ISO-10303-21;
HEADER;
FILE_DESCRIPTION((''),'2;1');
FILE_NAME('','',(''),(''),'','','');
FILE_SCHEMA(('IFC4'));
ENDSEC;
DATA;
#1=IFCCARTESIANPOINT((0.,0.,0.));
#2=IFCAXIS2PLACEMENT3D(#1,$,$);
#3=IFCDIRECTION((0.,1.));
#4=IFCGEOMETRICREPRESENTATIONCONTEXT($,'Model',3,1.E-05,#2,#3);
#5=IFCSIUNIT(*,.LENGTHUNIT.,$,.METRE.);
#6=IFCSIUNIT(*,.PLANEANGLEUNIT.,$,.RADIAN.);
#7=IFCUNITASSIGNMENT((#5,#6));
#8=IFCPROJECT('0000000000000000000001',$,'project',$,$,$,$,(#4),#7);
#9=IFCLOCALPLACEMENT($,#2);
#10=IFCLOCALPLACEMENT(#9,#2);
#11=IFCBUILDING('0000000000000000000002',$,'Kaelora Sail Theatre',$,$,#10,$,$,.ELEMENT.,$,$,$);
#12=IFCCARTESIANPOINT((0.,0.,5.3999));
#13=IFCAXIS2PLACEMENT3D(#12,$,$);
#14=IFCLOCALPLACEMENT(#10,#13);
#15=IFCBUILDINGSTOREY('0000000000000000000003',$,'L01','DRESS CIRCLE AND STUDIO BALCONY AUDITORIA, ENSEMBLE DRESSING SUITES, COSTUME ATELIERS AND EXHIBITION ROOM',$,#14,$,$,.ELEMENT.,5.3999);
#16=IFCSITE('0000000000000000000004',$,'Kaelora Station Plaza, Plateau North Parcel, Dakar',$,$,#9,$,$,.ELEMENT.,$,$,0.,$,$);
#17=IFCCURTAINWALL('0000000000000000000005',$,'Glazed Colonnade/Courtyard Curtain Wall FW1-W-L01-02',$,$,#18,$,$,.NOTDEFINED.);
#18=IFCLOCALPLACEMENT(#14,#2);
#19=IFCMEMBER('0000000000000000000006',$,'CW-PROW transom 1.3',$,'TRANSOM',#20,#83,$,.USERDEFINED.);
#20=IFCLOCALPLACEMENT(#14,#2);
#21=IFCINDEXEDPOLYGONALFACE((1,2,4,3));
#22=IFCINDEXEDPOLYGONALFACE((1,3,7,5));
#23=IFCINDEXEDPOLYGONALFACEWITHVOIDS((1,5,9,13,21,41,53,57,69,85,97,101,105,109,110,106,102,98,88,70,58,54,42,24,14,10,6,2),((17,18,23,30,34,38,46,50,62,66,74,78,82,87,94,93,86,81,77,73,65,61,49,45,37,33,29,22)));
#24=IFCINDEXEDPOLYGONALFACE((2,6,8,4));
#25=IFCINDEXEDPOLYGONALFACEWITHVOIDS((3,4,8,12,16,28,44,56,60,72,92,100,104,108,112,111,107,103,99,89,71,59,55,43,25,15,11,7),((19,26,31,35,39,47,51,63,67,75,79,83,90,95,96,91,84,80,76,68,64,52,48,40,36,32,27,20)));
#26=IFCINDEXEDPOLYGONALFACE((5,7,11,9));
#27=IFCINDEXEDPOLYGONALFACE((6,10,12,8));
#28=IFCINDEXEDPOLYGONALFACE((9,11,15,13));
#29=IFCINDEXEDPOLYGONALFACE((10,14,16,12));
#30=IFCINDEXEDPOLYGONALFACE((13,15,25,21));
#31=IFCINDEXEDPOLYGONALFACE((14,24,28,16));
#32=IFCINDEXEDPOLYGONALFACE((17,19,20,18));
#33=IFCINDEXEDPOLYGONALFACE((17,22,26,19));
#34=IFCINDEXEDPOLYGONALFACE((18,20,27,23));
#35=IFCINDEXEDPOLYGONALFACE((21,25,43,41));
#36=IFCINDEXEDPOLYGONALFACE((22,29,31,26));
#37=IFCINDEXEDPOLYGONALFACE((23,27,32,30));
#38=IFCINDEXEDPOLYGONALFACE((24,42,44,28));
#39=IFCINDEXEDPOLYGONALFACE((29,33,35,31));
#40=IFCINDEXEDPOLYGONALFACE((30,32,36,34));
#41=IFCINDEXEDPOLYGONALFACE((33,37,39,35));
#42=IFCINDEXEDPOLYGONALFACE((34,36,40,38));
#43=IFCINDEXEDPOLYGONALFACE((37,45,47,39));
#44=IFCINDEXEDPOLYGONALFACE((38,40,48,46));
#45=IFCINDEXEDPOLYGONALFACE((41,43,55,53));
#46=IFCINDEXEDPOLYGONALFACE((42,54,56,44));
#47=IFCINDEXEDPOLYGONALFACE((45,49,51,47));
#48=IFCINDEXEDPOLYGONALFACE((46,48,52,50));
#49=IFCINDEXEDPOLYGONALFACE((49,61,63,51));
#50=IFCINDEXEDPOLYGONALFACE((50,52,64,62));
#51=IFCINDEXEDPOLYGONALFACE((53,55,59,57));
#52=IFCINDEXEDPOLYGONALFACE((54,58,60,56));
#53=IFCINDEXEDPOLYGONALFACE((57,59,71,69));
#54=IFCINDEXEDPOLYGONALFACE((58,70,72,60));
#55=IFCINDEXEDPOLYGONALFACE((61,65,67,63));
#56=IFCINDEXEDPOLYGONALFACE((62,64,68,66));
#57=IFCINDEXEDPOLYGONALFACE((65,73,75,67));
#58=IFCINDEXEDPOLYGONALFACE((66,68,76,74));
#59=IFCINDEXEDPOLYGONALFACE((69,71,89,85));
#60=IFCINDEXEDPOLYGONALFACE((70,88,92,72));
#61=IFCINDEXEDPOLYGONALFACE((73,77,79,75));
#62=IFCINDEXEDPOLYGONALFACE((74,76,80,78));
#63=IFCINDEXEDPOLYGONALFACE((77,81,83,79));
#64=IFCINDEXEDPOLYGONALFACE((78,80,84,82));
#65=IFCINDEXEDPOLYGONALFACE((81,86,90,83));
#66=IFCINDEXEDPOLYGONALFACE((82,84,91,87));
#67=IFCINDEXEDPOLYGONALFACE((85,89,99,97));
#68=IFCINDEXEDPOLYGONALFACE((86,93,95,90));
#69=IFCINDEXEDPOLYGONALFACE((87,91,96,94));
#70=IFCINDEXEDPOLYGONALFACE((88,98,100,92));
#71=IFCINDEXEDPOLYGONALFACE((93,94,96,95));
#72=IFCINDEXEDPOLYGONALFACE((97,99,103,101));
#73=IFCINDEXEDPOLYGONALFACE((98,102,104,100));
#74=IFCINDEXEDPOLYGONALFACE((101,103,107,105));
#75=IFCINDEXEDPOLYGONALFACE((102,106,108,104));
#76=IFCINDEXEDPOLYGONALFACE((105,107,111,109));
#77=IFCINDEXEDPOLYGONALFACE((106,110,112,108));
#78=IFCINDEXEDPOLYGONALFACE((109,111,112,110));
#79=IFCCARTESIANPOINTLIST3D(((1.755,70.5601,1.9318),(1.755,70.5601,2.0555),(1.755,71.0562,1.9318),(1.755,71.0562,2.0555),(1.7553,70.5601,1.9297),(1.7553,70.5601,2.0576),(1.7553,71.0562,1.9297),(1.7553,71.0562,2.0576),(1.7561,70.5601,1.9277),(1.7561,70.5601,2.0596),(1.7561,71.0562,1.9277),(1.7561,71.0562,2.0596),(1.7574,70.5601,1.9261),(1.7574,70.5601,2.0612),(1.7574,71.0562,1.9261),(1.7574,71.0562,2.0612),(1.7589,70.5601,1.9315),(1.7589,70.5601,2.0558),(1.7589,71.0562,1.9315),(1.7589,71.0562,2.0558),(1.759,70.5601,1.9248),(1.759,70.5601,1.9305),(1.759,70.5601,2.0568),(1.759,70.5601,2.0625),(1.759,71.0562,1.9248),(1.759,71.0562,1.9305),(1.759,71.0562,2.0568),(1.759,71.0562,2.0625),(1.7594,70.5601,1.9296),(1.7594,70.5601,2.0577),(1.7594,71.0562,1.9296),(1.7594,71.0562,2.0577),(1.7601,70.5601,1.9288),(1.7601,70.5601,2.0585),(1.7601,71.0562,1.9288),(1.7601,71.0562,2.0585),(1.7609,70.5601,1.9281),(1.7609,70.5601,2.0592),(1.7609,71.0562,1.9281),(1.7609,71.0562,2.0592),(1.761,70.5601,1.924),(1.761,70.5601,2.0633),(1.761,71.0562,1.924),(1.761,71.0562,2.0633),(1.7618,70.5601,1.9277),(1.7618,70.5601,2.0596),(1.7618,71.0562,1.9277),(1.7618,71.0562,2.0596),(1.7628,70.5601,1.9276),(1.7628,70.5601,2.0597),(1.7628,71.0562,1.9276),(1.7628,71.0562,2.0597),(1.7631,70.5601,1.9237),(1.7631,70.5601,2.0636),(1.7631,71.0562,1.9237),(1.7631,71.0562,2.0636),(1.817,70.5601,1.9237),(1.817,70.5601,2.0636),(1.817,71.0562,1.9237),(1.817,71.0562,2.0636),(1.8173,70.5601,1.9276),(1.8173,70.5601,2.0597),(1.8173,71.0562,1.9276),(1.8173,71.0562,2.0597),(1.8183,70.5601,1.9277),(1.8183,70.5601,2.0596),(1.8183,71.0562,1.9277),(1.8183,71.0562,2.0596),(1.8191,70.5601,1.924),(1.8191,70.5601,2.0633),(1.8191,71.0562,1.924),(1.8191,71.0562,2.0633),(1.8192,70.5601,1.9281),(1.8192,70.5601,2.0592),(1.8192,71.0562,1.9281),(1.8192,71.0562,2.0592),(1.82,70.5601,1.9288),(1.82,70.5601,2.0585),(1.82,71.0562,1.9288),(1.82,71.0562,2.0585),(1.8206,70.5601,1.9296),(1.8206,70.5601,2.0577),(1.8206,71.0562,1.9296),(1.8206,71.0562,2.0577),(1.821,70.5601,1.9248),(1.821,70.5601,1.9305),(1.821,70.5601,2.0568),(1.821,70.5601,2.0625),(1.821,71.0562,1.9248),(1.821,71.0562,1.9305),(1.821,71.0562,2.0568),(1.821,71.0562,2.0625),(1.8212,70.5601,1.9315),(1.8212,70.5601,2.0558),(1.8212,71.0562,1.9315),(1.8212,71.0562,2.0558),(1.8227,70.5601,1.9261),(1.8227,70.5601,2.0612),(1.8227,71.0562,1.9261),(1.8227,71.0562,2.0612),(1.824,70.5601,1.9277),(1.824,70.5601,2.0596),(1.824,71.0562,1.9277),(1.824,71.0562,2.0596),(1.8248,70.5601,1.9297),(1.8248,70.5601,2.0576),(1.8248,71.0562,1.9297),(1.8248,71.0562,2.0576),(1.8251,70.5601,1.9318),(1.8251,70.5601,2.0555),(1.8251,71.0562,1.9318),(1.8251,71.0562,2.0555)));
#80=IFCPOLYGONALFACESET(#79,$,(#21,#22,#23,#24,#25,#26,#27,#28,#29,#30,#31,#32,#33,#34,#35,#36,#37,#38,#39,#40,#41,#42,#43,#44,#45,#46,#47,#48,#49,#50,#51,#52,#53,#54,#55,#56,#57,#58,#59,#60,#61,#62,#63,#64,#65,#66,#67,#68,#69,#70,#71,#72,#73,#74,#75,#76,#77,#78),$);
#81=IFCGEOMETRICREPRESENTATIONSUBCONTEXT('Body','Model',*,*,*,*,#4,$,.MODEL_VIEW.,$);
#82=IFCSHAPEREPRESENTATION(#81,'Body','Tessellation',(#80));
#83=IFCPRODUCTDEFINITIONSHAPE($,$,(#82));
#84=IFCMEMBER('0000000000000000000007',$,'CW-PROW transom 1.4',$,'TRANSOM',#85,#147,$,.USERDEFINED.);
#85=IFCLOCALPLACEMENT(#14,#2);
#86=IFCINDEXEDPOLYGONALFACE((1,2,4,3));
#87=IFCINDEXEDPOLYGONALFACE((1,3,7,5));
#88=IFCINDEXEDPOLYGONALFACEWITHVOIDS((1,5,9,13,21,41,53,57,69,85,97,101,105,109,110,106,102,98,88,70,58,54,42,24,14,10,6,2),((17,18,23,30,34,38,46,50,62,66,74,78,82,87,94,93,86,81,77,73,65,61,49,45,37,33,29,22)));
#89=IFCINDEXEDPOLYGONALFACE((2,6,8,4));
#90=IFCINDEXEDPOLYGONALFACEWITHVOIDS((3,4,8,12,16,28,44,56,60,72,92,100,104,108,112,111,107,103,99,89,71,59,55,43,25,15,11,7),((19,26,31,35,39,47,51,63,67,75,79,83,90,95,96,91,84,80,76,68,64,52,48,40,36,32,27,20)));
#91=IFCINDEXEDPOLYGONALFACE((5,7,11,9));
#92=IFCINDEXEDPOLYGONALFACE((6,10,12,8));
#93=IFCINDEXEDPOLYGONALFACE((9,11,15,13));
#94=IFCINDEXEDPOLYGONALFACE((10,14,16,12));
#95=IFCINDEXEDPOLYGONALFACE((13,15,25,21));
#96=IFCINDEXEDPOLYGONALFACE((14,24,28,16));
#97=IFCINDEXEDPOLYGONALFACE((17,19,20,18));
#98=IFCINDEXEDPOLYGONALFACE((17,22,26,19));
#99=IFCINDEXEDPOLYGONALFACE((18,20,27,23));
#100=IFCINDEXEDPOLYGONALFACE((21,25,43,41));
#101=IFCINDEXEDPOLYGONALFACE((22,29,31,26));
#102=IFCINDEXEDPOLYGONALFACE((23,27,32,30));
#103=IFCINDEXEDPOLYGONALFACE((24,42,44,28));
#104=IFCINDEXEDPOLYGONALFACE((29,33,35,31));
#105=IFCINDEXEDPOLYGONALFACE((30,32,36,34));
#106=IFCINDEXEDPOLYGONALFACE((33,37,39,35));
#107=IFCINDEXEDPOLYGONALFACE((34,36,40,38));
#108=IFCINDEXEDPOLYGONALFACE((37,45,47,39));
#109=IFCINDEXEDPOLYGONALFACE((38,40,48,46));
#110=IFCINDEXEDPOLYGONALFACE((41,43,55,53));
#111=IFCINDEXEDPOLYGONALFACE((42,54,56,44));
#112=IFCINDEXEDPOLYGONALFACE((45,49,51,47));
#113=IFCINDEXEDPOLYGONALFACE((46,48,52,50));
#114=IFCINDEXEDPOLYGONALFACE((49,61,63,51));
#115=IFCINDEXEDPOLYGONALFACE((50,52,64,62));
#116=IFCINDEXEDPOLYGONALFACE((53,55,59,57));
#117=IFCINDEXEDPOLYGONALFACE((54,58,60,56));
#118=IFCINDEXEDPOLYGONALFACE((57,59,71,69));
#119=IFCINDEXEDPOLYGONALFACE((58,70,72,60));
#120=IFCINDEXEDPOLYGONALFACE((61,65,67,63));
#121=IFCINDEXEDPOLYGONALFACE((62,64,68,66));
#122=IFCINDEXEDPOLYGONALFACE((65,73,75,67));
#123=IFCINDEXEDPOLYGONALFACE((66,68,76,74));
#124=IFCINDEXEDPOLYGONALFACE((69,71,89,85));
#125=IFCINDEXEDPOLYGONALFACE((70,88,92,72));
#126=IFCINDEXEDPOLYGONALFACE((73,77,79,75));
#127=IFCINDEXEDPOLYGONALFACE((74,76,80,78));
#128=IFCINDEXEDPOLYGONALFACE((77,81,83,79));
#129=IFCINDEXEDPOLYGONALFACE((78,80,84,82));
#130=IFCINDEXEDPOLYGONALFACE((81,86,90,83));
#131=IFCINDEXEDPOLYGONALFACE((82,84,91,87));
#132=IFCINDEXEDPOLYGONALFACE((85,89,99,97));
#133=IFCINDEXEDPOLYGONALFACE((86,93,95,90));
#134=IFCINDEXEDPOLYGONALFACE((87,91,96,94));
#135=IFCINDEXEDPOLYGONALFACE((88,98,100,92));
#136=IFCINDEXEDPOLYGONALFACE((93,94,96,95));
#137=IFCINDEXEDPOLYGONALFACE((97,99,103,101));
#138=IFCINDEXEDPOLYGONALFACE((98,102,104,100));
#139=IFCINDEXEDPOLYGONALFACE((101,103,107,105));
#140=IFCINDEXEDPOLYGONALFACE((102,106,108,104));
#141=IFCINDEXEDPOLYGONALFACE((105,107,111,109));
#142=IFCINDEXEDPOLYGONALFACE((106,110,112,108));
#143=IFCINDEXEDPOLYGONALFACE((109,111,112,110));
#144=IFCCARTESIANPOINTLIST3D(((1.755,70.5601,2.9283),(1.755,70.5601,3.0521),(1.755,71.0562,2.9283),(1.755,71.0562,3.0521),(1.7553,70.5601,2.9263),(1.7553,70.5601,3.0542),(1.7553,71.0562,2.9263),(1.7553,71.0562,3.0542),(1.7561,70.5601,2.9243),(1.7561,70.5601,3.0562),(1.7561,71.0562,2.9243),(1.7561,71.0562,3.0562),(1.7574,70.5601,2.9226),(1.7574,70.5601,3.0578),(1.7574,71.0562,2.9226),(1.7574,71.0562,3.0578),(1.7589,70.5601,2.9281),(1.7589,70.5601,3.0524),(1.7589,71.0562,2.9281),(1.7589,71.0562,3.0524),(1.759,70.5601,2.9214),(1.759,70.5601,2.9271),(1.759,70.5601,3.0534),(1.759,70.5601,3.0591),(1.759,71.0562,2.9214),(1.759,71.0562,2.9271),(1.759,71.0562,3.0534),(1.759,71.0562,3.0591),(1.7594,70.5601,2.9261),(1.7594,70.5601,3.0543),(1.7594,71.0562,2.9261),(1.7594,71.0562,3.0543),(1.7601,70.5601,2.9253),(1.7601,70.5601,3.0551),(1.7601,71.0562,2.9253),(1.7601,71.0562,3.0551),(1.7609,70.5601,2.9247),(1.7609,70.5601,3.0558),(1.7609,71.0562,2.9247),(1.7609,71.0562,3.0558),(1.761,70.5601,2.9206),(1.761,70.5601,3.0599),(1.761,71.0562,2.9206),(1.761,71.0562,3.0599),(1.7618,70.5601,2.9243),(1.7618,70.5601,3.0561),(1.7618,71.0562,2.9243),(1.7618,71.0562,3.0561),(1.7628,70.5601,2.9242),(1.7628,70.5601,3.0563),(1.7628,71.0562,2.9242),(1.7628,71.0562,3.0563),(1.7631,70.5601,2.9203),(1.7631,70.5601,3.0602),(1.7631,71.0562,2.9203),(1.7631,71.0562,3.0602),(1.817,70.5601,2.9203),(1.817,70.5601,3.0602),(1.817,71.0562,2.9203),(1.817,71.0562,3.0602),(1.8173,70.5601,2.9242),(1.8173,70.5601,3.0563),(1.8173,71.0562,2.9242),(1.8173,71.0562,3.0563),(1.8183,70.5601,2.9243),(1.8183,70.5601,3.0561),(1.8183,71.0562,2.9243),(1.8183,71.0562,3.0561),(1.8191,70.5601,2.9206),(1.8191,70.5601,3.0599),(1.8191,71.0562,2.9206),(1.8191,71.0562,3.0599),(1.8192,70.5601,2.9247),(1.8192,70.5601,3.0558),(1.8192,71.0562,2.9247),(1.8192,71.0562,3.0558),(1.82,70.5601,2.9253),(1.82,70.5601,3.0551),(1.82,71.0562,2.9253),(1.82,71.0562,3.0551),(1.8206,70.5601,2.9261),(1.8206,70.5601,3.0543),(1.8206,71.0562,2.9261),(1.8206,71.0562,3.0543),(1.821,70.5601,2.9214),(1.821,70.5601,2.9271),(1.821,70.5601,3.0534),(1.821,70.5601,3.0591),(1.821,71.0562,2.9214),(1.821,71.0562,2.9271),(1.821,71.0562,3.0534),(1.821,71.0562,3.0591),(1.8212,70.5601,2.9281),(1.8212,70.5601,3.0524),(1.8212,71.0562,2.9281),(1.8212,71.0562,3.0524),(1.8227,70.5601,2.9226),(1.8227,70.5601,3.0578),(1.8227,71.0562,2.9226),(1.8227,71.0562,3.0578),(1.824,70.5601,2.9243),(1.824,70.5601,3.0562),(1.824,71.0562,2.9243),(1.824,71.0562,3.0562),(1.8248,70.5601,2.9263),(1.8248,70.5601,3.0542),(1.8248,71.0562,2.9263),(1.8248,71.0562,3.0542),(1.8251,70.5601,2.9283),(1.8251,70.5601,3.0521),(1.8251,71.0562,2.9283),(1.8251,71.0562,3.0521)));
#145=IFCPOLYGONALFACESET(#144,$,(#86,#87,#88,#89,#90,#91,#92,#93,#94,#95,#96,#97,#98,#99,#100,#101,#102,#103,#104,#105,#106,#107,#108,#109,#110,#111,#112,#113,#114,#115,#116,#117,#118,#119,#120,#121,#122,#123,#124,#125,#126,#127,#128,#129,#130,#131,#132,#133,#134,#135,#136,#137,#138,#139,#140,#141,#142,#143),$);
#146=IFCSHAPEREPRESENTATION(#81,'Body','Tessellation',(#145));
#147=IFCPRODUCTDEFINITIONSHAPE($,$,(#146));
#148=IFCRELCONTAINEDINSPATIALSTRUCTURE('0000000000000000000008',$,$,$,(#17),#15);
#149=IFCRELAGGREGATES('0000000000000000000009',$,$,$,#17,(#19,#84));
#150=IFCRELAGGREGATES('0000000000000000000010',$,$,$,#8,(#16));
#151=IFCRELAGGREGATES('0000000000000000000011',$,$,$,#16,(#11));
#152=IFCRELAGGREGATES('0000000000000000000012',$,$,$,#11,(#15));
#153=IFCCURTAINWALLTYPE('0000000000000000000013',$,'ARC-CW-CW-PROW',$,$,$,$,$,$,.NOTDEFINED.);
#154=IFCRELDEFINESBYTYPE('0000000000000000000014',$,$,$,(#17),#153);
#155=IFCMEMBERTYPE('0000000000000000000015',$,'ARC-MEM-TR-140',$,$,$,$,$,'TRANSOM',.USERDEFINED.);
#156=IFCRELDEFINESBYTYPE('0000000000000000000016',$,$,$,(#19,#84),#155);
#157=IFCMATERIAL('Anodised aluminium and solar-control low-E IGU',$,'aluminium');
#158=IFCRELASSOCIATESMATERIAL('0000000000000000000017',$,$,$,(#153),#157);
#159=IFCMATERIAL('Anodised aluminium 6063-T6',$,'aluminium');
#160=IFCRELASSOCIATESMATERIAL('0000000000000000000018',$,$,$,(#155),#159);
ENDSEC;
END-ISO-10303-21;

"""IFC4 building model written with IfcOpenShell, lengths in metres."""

from ifc_helpers import new_model, si_unit, direction, frame, origin, origin_2d, place, context, subcontext, project, spatial, hollow_rectangle, extrude, material, material_profile, profile_set, type_object, element, aggregate, save


model = new_model("IFC4")

# Units and contexts
model_context = context("Model", 3, precision=1e-05, world=origin(), true_north=direction((0.0, 1.0)))
body_context = subcontext(model_context, "Body", "Model", "MODEL_VIEW")
ifc_project = project(units=[si_unit("LENGTHUNIT", "METRE"), si_unit("PLANEANGLEUNIT", "RADIAN")], contexts=[model_context])

# Site, building, storey
site_placement = place(None, origin())
site = spatial("IfcSite", under=ifc_project, at=site_placement, Name="Kaelora Station Plaza, Plateau North Parcel, Dakar", CompositionType="ELEMENT", RefElevation=0.0)
building_placement = place(site_placement, origin())
building = spatial("IfcBuilding", under=site, at=building_placement, Name="Kaelora Sail Theatre", CompositionType="ELEMENT")
storey_placement = place(building_placement, frame((0.0, 0.0, 5.3999)))
storey = spatial("IfcBuildingStorey", under=building, at=storey_placement, Name="L01", Description="DRESS CIRCLE AND STUDIO BALCONY AUDITORIA, ENSEMBLE DRESSING SUITES, COSTUME ATELIERS AND EXHIBITION ROOM", CompositionType="ELEMENT", Elevation=5.3999)

# Curtain wall, members
ifc_material_1 = material(Name="Anodised aluminium and solar-control low-E IGU", Category="aluminium")
curtain_wall_type = type_object("IfcCurtainWallType", Name="ARC-CW-CW-PROW", PredefinedType="NOTDEFINED", material=ifc_material_1)
ifc_material_2 = material(Name="Anodised aluminium 6063-T6", Category="aluminium")
ifc_material_profile = material_profile(ifc_material_2, hollow_rectangle(XDim=0.0701, YDim=0.1399, WallThickness=0.0039, InnerFilletRadius=0.0039, OuterFilletRadius=0.0081, at=origin_2d()), Name="ALU-TRAN 70x140x4")
ifc_profile_set = profile_set([ifc_material_profile], Name="Anodised aluminium 6063-T6")
member_type = type_object("IfcMemberType", Name="ARC-MEM-TR-140", ElementType="TRANSOM", PredefinedType="USERDEFINED", material=ifc_profile_set)
curtain_wall_1_placement = place(storey_placement, origin())
curtain_wall_1 = element("IfcCurtainWall", 1, at=curtain_wall_1_placement, inside=storey, type_object=curtain_wall_type, Name="Glazed Colonnade/Courtyard Curtain Wall FW1-W-L01-02", PredefinedType="NOTDEFINED")
member_1_placement = place(storey_placement, frame((1.79, 70.5601, 1.9937), z_axis=(0.0, 1.0, 0.0), x_axis=(-1.0, 0.0, 0.0)))
member_1 = element("IfcMember", 2, at=member_1_placement, type_object=member_type, Name="CW-PROW transom 1.3", ObjectType="TRANSOM", PredefinedType="USERDEFINED", context=body_context, shape_type="SweptSolid", body=[
    extrude(hollow_rectangle(XDim=0.0701, YDim=0.1399, WallThickness=0.0039, InnerFilletRadius=0.0039, OuterFilletRadius=0.0081, at=origin_2d()), origin(), (0.0, 0.0, 1.0), 0.4961),
])
member_2_placement = place(storey_placement, frame((1.79, 70.5601, 2.9902), z_axis=(0.0, 1.0, 0.0), x_axis=(-1.0, 0.0, 0.0)))
member_2 = element("IfcMember", 3, at=member_2_placement, type_object=member_type, Name="CW-PROW transom 1.4", ObjectType="TRANSOM", PredefinedType="USERDEFINED", context=body_context, shape_type="SweptSolid", body=[
    extrude(hollow_rectangle(XDim=0.0701, YDim=0.1399, WallThickness=0.0039, InnerFilletRadius=0.0039, OuterFilletRadius=0.0081, at=origin_2d()), origin(), (0.0, 0.0, 1.0), 0.4961),
])

aggregate(curtain_wall_1, [member_1, member_2])

save(model, "model.ifc")
